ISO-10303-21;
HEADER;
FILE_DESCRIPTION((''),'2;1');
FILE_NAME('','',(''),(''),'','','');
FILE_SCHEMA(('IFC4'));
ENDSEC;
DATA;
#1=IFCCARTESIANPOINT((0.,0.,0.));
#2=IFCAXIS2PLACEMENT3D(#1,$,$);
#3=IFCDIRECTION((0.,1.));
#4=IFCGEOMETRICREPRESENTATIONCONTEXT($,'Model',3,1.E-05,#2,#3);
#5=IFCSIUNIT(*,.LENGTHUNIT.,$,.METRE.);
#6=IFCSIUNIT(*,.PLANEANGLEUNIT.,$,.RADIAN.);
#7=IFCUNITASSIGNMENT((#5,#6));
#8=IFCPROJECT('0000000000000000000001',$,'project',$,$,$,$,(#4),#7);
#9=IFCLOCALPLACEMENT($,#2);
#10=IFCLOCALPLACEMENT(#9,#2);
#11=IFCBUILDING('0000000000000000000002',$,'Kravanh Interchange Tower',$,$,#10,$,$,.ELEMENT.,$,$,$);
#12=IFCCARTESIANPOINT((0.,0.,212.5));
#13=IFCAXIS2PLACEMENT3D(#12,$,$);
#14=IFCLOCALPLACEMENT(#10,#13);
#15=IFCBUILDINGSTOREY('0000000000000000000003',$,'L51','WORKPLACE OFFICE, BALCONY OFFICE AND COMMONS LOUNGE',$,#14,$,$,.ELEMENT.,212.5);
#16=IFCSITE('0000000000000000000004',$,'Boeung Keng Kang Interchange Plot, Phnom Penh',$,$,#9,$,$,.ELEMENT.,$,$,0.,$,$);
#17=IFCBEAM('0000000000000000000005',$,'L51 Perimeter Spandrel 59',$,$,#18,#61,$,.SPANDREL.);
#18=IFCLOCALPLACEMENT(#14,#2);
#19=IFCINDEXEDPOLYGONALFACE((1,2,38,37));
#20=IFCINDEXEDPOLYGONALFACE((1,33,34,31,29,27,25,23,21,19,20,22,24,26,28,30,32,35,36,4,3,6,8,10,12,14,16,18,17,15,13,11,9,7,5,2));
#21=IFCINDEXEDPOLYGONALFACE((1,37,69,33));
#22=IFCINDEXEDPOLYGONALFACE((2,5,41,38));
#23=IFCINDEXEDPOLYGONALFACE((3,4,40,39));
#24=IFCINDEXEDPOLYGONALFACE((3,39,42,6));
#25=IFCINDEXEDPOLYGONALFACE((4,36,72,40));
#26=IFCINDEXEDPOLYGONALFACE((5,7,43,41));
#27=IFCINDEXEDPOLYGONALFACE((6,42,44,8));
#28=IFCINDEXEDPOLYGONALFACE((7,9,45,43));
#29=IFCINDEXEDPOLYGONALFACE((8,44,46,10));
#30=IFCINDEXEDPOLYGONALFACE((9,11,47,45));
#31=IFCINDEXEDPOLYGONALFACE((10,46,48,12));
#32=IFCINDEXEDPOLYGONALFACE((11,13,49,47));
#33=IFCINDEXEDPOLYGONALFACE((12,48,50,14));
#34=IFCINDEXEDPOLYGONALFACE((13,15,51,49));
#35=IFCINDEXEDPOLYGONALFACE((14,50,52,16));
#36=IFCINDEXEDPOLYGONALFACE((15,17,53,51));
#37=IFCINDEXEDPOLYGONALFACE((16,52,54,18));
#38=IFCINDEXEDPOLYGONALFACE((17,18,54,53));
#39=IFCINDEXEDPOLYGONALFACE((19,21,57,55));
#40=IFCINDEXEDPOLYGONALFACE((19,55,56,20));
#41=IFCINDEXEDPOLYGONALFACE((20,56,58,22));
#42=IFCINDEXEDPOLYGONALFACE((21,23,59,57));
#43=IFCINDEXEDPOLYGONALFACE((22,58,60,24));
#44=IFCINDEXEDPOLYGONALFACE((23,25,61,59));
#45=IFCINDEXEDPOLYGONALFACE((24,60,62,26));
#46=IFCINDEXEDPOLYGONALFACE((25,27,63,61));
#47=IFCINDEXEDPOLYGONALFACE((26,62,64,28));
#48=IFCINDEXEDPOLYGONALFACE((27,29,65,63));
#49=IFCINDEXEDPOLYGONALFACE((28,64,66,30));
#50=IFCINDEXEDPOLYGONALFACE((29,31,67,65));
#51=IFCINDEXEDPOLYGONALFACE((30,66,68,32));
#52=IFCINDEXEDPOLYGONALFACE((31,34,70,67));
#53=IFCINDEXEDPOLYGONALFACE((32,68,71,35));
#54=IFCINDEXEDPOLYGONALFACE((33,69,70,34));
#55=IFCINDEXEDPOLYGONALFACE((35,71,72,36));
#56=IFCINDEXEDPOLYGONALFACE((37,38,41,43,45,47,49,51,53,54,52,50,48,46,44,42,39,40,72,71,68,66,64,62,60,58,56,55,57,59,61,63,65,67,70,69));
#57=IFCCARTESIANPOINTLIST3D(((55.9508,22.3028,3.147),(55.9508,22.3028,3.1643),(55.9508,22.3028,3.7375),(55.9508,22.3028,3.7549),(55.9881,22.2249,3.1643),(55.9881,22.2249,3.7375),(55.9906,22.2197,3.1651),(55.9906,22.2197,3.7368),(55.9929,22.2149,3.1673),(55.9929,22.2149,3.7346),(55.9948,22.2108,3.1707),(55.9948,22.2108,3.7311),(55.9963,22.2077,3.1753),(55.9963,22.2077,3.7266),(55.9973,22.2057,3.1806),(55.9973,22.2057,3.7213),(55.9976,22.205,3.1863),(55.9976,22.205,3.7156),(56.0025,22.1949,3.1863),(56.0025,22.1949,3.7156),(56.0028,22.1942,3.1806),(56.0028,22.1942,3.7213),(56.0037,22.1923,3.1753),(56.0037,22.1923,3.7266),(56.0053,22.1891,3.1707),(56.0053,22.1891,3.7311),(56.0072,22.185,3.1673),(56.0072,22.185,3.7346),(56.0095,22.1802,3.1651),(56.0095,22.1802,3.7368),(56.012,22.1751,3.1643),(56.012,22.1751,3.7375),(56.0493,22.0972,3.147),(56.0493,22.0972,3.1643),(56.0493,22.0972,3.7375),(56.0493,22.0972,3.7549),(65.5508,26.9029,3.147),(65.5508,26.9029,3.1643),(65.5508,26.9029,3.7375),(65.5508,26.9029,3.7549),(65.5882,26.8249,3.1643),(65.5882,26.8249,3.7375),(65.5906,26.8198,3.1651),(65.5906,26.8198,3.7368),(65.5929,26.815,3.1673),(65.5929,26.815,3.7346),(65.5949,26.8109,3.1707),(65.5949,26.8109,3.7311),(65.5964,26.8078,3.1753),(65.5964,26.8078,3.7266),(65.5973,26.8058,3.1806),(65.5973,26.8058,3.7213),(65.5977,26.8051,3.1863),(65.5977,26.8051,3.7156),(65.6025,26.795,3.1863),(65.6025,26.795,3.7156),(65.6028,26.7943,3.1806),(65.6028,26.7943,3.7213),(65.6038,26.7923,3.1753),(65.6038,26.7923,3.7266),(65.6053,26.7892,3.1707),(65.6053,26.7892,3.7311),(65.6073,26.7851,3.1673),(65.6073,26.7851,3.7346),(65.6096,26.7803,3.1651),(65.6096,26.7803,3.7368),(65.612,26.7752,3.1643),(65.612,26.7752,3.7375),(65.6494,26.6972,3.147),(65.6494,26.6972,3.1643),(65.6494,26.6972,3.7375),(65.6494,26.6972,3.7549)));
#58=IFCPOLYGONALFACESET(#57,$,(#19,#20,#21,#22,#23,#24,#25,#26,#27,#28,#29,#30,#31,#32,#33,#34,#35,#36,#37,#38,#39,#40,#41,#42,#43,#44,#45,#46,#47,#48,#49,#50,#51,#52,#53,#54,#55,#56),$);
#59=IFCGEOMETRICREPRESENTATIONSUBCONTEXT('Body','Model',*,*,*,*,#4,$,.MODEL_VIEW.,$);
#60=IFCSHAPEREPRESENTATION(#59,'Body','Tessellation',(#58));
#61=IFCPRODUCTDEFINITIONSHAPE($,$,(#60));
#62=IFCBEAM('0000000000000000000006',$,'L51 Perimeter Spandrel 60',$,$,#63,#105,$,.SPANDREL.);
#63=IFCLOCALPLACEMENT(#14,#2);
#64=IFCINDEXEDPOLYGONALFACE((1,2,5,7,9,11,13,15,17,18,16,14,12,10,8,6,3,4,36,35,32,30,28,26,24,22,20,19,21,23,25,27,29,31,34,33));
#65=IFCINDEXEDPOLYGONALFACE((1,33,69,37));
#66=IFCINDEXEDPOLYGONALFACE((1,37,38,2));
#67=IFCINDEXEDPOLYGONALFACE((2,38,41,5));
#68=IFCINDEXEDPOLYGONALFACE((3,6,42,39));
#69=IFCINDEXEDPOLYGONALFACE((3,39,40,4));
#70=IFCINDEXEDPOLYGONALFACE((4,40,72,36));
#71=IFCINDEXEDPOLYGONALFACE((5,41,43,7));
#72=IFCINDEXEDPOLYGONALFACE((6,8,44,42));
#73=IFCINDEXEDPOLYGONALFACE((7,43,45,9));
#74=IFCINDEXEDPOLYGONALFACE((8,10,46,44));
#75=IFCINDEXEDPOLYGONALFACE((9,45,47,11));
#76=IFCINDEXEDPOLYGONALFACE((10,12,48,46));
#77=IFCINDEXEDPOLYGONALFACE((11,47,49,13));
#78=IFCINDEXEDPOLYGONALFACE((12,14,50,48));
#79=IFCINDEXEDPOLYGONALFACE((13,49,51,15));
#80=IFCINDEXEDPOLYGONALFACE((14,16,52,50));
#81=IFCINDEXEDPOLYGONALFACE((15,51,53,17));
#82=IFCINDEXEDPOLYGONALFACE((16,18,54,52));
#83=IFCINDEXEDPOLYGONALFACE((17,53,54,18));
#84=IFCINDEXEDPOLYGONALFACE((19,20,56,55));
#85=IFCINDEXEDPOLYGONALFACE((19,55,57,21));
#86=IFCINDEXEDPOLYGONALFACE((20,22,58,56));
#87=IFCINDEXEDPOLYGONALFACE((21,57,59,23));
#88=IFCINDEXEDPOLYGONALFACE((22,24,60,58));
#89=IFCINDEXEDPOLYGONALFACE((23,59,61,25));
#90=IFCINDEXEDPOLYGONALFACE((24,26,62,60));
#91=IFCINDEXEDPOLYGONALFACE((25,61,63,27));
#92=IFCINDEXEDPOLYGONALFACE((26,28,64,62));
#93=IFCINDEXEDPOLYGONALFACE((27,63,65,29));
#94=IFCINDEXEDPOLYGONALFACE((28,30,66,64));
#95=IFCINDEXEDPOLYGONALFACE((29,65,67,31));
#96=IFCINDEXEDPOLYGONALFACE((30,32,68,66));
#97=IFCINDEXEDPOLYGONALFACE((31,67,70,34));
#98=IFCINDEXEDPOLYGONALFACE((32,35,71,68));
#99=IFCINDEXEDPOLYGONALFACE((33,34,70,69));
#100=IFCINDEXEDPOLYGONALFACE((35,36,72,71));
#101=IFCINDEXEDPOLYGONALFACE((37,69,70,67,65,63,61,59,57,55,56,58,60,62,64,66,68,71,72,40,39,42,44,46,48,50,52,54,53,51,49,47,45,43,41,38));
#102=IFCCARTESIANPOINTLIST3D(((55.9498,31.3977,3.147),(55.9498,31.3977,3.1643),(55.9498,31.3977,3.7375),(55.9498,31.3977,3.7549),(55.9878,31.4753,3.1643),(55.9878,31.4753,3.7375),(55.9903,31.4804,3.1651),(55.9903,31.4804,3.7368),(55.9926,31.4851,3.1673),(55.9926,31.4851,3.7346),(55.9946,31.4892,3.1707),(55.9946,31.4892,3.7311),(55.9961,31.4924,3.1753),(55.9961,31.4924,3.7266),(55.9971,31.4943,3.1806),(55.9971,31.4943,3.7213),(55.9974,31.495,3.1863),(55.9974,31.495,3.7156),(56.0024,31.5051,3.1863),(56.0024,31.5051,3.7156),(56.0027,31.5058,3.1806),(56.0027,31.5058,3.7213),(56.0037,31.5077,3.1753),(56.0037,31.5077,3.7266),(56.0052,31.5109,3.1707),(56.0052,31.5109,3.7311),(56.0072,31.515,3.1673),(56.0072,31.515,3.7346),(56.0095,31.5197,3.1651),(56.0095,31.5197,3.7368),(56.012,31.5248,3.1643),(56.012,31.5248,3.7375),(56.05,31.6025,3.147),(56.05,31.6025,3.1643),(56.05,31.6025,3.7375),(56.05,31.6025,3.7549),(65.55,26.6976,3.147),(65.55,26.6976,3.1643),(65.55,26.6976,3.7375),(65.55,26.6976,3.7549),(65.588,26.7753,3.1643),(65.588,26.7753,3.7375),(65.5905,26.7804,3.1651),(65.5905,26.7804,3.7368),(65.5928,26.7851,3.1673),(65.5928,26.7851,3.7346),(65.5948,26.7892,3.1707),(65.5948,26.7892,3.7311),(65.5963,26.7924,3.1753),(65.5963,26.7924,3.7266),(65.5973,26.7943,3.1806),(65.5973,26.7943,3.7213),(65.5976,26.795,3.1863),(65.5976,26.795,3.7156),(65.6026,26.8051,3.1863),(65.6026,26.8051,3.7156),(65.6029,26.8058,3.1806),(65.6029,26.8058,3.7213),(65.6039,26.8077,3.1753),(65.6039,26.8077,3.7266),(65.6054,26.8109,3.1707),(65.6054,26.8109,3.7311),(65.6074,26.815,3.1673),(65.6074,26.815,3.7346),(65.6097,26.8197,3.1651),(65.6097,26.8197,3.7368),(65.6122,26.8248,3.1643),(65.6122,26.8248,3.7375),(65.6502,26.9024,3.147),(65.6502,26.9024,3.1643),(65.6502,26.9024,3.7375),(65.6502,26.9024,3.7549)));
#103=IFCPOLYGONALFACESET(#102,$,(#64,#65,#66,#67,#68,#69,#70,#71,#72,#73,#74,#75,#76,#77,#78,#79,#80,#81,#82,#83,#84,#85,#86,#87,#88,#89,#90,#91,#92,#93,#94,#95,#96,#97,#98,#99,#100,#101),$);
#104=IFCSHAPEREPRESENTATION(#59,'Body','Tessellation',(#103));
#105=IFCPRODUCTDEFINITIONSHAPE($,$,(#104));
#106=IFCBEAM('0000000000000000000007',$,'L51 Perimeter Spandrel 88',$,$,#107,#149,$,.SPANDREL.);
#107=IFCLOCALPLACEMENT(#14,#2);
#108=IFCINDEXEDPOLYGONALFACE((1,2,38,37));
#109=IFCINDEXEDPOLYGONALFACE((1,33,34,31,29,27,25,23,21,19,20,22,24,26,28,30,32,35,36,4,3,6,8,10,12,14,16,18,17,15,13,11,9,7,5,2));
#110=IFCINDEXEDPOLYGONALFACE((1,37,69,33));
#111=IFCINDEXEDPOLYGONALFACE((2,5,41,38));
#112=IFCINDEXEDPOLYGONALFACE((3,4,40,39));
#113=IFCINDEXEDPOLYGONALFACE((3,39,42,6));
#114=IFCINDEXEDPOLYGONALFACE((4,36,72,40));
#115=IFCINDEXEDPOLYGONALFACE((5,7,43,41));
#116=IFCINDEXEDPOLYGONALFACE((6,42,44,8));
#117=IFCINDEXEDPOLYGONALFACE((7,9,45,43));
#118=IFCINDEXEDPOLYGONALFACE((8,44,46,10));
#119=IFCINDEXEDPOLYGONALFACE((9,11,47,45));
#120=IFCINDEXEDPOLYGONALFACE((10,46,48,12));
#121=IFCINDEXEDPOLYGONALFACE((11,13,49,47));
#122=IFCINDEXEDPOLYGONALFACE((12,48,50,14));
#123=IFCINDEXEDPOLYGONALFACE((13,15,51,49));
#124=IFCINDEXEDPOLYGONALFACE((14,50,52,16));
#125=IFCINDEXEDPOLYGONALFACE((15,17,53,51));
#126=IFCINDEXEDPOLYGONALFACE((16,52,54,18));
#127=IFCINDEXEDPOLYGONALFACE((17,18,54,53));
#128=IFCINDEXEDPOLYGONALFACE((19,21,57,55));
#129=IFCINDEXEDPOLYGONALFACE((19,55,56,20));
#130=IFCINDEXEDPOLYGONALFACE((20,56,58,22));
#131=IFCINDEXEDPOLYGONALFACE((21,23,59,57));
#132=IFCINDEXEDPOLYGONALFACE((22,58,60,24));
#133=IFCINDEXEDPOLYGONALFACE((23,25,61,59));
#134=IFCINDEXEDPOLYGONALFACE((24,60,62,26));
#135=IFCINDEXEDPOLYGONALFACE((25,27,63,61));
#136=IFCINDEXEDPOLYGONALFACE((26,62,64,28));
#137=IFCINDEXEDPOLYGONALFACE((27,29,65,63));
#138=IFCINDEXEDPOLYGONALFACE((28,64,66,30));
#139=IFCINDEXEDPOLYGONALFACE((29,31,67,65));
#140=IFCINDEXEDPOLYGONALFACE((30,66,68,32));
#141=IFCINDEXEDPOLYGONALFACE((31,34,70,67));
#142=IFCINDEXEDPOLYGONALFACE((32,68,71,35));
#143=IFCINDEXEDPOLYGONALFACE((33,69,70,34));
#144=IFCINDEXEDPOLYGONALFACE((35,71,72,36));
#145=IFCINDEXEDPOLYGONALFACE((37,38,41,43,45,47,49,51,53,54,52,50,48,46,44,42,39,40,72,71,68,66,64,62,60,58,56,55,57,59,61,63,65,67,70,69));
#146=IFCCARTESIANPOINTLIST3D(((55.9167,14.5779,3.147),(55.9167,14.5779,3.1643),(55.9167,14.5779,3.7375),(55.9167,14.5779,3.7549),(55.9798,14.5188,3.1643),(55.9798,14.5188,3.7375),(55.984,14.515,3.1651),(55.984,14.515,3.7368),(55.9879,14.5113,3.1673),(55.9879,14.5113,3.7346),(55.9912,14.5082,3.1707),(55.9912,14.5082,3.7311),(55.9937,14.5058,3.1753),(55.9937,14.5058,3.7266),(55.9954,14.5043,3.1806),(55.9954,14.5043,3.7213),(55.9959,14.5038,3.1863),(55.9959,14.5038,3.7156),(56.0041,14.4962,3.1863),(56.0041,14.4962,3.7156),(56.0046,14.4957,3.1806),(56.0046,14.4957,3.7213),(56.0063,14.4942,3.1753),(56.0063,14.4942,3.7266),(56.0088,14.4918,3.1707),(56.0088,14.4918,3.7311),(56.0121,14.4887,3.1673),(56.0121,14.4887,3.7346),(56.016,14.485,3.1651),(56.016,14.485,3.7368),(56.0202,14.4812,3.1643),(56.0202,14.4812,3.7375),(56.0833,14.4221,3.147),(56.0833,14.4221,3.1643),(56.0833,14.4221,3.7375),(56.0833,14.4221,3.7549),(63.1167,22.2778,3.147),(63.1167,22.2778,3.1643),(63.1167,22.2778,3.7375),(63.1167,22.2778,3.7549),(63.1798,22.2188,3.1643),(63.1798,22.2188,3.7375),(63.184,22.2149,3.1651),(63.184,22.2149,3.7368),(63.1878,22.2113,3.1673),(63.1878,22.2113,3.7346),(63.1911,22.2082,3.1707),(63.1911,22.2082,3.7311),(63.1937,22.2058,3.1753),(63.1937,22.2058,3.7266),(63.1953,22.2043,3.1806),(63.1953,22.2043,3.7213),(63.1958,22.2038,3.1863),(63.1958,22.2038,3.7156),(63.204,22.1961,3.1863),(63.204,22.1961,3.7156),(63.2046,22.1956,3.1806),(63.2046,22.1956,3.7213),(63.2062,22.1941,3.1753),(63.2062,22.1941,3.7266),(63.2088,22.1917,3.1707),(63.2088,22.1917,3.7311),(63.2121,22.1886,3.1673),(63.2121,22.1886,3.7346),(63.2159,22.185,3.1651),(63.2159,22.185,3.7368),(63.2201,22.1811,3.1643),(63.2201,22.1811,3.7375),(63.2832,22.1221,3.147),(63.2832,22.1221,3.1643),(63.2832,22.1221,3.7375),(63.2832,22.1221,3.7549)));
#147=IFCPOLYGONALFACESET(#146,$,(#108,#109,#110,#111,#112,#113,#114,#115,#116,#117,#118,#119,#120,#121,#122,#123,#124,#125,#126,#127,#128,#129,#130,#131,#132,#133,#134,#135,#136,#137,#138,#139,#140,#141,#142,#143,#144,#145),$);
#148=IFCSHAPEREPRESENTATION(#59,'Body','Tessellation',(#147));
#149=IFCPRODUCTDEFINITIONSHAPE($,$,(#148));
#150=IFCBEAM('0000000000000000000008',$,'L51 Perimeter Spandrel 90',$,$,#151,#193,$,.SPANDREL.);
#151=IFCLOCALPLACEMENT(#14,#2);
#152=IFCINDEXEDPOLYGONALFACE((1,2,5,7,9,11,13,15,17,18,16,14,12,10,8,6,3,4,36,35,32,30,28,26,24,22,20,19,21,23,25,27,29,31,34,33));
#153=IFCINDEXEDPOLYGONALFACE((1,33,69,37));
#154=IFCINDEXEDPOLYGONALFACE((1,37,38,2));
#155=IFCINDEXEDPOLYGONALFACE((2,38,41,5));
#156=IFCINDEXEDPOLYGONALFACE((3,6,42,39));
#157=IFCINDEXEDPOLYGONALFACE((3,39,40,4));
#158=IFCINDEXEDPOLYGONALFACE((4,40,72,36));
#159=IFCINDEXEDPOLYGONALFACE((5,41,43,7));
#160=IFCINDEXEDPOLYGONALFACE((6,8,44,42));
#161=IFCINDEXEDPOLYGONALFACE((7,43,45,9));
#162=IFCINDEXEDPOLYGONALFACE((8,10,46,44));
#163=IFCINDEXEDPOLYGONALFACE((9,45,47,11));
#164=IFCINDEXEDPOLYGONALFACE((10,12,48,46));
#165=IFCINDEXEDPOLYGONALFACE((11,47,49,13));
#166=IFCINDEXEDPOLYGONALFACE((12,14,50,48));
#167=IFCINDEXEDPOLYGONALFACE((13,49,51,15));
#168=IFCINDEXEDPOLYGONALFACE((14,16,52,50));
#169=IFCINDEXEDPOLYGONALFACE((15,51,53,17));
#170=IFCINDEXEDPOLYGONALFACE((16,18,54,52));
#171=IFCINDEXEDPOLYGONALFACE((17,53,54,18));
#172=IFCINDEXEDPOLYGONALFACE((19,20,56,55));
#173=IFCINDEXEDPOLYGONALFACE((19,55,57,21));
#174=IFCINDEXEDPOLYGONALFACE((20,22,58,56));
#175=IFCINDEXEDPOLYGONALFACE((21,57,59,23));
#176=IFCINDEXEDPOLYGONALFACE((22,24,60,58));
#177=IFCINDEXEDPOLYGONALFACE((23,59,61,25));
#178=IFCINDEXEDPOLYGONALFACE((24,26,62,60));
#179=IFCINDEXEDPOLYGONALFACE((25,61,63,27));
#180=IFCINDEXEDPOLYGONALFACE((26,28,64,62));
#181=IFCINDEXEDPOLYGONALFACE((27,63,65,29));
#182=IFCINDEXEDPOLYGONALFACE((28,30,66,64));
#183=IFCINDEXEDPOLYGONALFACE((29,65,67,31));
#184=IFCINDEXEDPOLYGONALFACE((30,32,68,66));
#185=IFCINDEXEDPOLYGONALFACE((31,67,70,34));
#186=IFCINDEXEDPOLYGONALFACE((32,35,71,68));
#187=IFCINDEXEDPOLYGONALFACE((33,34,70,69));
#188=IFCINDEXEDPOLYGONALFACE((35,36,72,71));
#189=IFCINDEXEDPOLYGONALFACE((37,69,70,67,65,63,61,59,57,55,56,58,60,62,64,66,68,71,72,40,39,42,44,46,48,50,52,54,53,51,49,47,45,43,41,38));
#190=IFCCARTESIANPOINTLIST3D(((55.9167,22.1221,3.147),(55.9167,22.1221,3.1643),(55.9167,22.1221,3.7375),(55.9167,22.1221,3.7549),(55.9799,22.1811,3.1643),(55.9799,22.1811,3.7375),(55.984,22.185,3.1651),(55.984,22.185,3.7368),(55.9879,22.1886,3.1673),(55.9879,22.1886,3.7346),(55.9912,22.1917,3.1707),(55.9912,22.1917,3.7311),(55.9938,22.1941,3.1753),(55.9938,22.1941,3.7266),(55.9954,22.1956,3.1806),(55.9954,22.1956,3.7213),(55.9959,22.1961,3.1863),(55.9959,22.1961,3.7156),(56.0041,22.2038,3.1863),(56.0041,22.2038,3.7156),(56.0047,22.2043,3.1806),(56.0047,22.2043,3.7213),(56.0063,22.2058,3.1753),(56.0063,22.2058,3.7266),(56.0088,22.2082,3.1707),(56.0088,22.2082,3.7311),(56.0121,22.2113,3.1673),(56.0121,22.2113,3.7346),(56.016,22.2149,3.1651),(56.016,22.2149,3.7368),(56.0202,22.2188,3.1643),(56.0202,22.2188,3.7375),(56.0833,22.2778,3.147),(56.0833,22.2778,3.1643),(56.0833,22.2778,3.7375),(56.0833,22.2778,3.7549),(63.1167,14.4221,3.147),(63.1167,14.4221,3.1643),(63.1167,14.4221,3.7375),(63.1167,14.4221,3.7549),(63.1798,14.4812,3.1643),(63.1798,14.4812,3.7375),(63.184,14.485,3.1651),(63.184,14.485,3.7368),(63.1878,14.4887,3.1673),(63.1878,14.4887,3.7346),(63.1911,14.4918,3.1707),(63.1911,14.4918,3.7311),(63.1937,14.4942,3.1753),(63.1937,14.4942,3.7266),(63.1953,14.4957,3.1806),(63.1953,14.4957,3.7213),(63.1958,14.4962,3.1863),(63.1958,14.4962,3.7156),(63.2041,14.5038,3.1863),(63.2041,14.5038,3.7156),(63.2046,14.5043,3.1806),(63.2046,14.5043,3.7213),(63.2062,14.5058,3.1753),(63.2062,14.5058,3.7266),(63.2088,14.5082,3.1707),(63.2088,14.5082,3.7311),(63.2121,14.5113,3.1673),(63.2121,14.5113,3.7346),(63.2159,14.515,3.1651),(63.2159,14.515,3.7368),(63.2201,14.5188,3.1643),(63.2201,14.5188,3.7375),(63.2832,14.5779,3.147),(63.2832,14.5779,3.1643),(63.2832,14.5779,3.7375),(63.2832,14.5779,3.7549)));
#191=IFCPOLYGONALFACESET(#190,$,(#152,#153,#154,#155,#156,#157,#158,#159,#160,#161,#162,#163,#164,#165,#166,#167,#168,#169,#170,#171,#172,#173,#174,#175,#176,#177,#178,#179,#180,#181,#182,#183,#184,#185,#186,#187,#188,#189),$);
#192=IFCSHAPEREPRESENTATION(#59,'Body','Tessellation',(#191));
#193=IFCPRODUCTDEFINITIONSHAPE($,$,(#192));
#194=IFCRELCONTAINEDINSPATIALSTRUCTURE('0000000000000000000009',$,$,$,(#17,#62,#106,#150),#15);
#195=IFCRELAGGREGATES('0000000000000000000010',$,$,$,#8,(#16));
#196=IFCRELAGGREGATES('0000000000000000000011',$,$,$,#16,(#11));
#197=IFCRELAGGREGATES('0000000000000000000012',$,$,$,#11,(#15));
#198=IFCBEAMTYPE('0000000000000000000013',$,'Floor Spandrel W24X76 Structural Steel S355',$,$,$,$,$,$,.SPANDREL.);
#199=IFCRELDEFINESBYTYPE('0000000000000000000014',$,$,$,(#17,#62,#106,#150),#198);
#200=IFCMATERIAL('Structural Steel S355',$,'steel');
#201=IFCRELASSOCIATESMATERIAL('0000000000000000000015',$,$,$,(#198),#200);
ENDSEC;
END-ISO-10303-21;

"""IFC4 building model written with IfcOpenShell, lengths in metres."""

from ifc_helpers import new_model, si_unit, direction, frame, origin, origin_2d, place, context, subcontext, project, spatial, i_section, extrude, material, material_profile, profile_set, type_object, element, save


model = new_model("IFC4")

# Units and contexts
model_context = context("Model", 3, precision=1e-05, world=origin(), true_north=direction((0.0, 1.0)))
body_context = subcontext(model_context, "Body", "Model", "MODEL_VIEW")
ifc_project = project(units=[si_unit("LENGTHUNIT", "METRE"), si_unit("PLANEANGLEUNIT", "RADIAN")], contexts=[model_context])

# Site, building, storey
site_placement = place(None, origin())
site = spatial("IfcSite", under=ifc_project, at=site_placement, Name="Boeung Keng Kang Interchange Plot, Phnom Penh", CompositionType="ELEMENT", RefElevation=0.0)
building_placement = place(site_placement, origin())
building = spatial("IfcBuilding", under=site, at=building_placement, Name="Kravanh Interchange Tower", CompositionType="ELEMENT")
storey_placement = place(building_placement, frame((0.0, 0.0, 212.5)))
storey = spatial("IfcBuildingStorey", under=building, at=storey_placement, Name="L51", Description="WORKPLACE OFFICE, BALCONY OFFICE AND COMMONS LOUNGE", CompositionType="ELEMENT", Elevation=212.5)

# Beams
ifc_material_1 = material(Name="Structural Steel S355", Category="steel")
ifc_material_profile_1 = material_profile(ifc_material_1, i_section(OverallWidth=0.228, OverallDepth=0.6079, WebThickness=0.0112, FlangeThickness=0.0173, FilletRadius=0.022, at=origin_2d()), Name="W24X76")
ifc_profile_set_1 = profile_set([ifc_material_profile_1], Name="Structural Steel S355")
beam_type_1 = type_object("IfcBeamType", Name="Floor Spandrel W24X76 Structural Steel S355", PredefinedType="SPANDREL", material=ifc_profile_set_1)
beam_1_placement = place(storey_placement, frame((65.6001, 26.8, 3.4509), z_axis=(-0.901814, -0.432124, 0.0), x_axis=(0.432124, -0.901814, 0.0)))
element("IfcBeam", 1, at=beam_1_placement, inside=storey, type_object=beam_type_1, Name="L51 Perimeter Spandrel 59", PredefinedType="SPANDREL", context=body_context, shape_type="SweptSolid", body=[
    extrude(i_section(OverallWidth=0.228, OverallDepth=0.6079, WebThickness=0.0112, FlangeThickness=0.0173, FilletRadius=0.022, at=origin_2d()), origin(), (0.0, 0.0, 1.0), 10.6453),
])
beam_2_placement = place(storey_placement, frame((65.6001, 26.8, 3.4509), z_axis=(-0.898142, 0.439706, 0.0), x_axis=(-0.439706, -0.898142, 0.0)))
element("IfcBeam", 2, at=beam_2_placement, inside=storey, type_object=beam_type_1, Name="L51 Perimeter Spandrel 60", PredefinedType="SPANDREL", context=body_context, shape_type="SweptSolid", body=[
    extrude(i_section(OverallWidth=0.228, OverallDepth=0.6079, WebThickness=0.0112, FlangeThickness=0.0173, FilletRadius=0.022, at=origin_2d()), origin(), (0.0, 0.0, 1.0), 10.689),
])
for number, where, z_axis, x_axis, name in (
    (3, (56.0, 14.5, 3.4509), (0.682994, 0.730424, 0.0), (-0.730424, 0.682994, 0.0), "L51 Perimeter Spandrel 88"),
    (4, (63.2, 14.5, 3.4509), (-0.682994, 0.730424, 0.0), (-0.730424, -0.682994, 0.0), "L51 Perimeter Spandrel 90"),
):
    element("IfcBeam", number, at=place(storey_placement, frame(where, z_axis=z_axis, x_axis=x_axis)), inside=storey, type_object=beam_type_1, Name=name, PredefinedType="SPANDREL", context=body_context, shape_type="SweptSolid", body=[
        extrude(i_section(OverallWidth=0.228, OverallDepth=0.6079, WebThickness=0.0112, FlangeThickness=0.0173, FilletRadius=0.022, at=origin_2d()), origin(), (0.0, 0.0, 1.0), 10.5417),
    ])

save(model, "model.ifc")
